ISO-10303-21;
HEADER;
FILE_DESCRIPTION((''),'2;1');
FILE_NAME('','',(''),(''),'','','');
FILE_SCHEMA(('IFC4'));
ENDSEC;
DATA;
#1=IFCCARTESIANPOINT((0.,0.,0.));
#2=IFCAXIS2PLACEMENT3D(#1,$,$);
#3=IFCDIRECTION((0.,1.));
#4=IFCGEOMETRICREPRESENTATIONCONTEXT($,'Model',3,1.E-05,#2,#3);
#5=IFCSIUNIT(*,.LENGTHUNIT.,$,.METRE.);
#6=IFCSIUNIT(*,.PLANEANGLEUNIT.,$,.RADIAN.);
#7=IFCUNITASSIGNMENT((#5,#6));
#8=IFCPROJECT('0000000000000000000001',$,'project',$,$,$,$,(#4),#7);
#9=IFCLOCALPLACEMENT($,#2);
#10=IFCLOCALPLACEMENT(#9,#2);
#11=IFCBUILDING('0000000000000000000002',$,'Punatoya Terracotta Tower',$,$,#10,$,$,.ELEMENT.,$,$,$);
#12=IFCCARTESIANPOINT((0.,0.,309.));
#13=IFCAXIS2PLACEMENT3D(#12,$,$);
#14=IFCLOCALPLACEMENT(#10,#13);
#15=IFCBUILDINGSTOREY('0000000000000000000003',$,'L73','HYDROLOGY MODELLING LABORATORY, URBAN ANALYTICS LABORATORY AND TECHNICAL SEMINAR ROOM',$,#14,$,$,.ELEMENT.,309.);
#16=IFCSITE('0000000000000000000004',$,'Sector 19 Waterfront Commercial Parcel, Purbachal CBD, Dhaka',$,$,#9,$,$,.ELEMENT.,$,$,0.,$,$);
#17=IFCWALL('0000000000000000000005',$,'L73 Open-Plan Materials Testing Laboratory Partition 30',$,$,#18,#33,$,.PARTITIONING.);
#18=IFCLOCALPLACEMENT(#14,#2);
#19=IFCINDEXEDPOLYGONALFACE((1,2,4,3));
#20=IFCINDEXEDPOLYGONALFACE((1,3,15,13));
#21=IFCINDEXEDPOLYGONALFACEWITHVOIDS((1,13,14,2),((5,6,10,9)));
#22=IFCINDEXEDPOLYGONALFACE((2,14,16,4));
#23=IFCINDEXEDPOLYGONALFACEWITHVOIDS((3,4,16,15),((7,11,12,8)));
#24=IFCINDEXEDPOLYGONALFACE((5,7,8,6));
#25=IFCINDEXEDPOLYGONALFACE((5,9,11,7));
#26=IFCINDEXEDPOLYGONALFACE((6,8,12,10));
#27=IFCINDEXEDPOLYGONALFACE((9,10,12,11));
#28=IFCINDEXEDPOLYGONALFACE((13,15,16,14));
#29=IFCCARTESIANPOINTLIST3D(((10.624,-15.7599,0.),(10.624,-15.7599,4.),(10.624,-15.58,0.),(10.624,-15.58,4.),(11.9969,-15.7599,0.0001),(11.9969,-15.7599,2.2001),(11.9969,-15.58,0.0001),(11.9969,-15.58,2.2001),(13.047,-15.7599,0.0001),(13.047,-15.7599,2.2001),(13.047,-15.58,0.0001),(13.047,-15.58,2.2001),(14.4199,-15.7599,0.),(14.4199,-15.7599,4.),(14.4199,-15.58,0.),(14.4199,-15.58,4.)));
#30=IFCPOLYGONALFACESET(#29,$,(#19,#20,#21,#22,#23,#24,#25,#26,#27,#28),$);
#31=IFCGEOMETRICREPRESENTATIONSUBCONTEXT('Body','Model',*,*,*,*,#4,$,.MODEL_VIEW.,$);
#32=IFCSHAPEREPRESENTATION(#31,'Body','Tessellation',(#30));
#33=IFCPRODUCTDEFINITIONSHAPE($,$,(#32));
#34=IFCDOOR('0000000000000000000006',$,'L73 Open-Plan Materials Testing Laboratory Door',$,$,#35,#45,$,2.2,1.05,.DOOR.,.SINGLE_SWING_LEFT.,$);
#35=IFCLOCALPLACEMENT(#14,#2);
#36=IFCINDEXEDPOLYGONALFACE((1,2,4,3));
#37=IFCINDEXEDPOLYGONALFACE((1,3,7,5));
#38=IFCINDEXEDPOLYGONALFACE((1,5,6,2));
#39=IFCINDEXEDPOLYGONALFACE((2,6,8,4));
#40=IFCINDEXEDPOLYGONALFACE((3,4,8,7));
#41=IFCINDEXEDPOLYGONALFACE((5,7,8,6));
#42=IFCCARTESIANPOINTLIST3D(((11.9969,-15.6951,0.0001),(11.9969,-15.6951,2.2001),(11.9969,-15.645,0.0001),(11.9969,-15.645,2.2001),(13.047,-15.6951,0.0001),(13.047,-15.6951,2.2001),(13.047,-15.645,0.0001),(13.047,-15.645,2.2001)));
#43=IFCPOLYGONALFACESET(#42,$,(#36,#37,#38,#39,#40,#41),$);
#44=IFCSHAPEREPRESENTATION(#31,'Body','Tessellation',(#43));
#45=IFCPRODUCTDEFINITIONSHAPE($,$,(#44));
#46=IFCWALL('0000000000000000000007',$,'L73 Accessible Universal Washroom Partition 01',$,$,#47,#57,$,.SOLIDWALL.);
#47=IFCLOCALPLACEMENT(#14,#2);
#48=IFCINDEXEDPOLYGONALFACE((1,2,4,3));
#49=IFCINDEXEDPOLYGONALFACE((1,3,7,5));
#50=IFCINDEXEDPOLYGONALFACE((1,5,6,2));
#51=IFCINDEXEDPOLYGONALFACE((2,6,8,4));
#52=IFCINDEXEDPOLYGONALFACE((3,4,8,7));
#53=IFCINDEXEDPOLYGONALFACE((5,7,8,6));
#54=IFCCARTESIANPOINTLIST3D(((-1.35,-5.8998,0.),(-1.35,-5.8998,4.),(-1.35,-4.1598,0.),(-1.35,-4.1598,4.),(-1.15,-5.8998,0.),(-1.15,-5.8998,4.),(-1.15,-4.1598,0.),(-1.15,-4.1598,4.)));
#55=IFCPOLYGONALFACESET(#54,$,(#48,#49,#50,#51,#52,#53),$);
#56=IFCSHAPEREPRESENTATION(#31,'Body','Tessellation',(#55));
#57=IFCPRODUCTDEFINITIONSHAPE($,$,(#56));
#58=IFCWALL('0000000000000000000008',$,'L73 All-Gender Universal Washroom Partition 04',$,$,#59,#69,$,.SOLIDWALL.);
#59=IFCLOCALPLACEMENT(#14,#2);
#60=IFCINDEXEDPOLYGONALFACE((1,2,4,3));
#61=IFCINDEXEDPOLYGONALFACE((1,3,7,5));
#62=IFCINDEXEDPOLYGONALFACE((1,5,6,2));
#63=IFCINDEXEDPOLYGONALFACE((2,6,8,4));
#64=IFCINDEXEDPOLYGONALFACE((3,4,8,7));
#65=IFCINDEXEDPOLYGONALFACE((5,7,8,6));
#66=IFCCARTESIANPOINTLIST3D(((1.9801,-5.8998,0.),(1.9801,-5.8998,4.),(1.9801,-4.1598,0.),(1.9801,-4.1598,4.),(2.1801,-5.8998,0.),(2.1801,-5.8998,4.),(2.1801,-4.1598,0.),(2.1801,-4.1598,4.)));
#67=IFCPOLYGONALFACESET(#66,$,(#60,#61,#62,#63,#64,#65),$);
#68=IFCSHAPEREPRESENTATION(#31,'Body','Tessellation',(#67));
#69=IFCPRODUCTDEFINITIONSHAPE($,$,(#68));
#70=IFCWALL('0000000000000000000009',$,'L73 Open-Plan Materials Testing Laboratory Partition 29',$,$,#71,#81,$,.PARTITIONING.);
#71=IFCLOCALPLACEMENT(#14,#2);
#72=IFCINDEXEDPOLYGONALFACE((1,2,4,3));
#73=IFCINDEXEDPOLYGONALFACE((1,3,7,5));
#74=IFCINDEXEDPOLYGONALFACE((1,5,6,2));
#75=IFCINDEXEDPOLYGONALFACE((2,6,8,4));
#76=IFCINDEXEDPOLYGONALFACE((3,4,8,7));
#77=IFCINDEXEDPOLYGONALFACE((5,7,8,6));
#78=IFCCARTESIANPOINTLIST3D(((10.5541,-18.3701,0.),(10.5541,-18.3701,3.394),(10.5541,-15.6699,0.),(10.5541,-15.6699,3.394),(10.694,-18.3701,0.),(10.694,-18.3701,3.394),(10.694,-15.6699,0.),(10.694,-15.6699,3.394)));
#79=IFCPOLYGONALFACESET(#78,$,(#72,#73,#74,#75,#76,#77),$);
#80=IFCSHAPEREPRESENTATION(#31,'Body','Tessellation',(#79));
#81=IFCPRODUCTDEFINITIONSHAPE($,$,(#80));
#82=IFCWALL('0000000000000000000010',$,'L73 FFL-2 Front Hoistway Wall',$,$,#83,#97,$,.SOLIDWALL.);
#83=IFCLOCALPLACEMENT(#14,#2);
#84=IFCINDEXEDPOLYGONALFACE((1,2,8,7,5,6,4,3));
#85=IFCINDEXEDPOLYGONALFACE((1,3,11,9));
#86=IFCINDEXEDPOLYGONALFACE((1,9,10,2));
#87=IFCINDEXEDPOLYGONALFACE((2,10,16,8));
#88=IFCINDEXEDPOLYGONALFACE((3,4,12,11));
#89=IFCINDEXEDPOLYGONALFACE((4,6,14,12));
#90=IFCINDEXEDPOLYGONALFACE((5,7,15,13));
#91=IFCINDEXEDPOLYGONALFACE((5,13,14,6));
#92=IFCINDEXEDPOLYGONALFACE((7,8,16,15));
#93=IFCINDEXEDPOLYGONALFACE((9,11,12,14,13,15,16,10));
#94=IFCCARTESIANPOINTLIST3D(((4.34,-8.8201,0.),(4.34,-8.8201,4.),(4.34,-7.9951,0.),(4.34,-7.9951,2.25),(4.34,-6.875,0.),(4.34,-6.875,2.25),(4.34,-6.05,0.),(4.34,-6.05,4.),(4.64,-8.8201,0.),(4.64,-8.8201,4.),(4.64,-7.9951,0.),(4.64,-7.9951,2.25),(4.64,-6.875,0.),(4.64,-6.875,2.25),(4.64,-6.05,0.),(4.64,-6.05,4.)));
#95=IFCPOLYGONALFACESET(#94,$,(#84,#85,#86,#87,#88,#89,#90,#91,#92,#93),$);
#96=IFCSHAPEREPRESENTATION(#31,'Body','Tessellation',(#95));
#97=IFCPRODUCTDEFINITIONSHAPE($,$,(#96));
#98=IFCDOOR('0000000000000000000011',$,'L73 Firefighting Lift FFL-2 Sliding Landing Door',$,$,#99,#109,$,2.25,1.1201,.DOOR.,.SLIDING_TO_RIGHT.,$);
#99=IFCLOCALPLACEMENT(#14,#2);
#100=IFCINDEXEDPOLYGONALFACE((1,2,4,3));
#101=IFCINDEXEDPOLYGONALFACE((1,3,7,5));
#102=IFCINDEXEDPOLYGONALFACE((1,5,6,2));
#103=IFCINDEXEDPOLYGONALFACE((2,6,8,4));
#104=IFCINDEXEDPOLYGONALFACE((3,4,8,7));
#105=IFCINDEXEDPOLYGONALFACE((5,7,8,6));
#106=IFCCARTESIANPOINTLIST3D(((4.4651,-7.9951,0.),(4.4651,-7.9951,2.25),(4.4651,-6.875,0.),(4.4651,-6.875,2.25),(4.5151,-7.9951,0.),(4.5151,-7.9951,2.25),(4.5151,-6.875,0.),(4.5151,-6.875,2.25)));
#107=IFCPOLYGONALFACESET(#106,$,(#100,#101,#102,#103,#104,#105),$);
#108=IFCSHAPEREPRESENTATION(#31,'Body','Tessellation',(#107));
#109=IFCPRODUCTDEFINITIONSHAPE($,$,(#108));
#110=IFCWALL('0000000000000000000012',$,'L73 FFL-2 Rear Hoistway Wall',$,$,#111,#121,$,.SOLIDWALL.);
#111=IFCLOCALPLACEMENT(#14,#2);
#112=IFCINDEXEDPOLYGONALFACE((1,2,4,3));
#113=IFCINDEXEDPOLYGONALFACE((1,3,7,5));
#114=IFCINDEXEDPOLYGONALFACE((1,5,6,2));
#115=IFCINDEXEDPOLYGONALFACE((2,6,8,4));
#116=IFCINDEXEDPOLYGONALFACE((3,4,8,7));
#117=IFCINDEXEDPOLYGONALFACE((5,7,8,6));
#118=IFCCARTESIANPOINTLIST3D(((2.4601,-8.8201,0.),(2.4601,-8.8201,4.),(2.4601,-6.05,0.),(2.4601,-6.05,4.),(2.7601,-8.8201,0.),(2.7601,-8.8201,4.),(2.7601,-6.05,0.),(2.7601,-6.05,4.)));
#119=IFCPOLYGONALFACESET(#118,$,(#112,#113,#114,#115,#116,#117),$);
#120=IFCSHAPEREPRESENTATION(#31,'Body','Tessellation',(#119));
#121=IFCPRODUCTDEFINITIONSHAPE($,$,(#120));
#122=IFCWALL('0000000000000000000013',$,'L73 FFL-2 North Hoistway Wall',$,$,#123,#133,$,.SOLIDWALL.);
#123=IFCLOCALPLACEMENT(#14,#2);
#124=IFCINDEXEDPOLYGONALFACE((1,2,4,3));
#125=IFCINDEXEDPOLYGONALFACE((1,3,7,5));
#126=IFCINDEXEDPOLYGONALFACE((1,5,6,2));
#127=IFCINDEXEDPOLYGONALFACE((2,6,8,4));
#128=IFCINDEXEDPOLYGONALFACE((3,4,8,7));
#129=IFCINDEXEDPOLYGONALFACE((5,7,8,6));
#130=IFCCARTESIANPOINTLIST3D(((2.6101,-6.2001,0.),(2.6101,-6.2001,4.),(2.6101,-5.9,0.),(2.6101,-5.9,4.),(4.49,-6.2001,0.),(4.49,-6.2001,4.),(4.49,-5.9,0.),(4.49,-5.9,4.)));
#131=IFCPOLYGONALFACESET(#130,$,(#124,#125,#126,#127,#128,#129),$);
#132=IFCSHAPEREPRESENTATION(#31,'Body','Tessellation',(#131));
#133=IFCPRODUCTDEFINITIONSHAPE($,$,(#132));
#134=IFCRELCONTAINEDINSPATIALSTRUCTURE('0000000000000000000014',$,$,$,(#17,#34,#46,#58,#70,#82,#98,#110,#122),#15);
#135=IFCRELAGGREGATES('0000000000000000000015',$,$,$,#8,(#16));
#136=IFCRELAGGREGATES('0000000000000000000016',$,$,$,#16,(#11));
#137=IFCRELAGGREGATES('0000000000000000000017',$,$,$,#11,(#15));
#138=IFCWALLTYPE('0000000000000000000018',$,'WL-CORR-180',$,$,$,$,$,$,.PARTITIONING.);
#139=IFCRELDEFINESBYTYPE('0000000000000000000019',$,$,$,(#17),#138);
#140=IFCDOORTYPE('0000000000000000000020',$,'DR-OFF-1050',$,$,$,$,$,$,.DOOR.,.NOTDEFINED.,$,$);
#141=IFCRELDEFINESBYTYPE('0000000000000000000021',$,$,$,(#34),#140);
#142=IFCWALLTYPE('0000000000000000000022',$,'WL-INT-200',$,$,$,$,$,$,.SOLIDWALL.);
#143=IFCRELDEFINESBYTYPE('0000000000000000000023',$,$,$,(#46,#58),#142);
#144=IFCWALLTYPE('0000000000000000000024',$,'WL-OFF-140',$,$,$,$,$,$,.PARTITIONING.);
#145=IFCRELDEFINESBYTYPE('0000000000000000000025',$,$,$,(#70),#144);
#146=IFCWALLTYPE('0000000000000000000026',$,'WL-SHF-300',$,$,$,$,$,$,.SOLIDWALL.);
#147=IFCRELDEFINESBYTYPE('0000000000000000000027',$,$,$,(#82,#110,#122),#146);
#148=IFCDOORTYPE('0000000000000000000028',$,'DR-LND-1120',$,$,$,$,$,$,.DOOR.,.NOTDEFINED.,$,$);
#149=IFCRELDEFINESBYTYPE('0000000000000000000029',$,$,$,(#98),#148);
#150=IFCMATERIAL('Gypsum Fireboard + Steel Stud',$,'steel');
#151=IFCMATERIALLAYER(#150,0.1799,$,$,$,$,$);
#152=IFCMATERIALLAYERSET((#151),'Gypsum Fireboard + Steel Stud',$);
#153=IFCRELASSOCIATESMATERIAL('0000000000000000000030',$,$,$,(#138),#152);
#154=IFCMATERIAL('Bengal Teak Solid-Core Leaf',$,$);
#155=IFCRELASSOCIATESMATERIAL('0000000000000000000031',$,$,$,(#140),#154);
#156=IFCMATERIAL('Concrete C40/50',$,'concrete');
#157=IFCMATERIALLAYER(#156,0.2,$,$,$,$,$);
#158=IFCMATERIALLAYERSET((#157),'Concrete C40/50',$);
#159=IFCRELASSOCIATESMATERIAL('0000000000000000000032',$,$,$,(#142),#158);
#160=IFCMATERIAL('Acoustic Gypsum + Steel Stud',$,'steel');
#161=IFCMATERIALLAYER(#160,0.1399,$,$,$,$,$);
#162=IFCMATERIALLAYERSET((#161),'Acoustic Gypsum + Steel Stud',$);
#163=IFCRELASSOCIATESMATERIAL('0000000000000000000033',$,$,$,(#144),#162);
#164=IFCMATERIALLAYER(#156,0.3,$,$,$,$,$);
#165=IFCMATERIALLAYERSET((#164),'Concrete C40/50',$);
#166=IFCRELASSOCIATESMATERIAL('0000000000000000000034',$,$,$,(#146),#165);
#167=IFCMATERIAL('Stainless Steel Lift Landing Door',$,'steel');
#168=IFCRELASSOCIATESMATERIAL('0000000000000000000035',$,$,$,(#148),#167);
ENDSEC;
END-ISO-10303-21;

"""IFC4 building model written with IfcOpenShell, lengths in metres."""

from ifc_helpers import new_model, si_unit, direction, frame, frame_2d, origin, place, context, subcontext, project, spatial, rectangle, extrude, material, layer, layer_set, type_object, element, fill, save


model = new_model("IFC4")

# Units and contexts
model_context = context("Model", 3, precision=1e-05, world=origin(), true_north=direction((0.0, 1.0)))
body_context = subcontext(model_context, "Body", "Model", "MODEL_VIEW")
ifc_project = project(units=[si_unit("LENGTHUNIT", "METRE"), si_unit("PLANEANGLEUNIT", "RADIAN")], contexts=[model_context])

# Site, building, storey
site_placement = place(None, origin())
site = spatial("IfcSite", under=ifc_project, at=site_placement, Name="Sector 19 Waterfront Commercial Parcel, Purbachal CBD, Dhaka", CompositionType="ELEMENT", RefElevation=0.0)
building_placement = place(site_placement, origin())
building = spatial("IfcBuilding", under=site, at=building_placement, Name="Punatoya Terracotta Tower", CompositionType="ELEMENT")
storey_placement = place(building_placement, frame((0.0, 0.0, 309.0)))
storey = spatial("IfcBuildingStorey", under=building, at=storey_placement, Name="L73", Description="HYDROLOGY MODELLING LABORATORY, URBAN ANALYTICS LABORATORY AND TECHNICAL SEMINAR ROOM", CompositionType="ELEMENT", Elevation=309.0)

# Wall, opening, door
ifc_material_1 = material(Name="Gypsum Fireboard + Steel Stud", Category="steel")
ifc_layer_1 = layer(ifc_material_1, 0.1799)
ifc_layer_set_1 = layer_set([ifc_layer_1], Name="Gypsum Fireboard + Steel Stud")
wall_type_1 = type_object("IfcWallType", Name="WL-CORR-180", PredefinedType="PARTITIONING", material=ifc_layer_set_1)
ifc_material_2 = material(Name="Bengal Teak Solid-Core Leaf")
door_type_1 = type_object("IfcDoorType", Name="DR-OFF-1050", OperationType="NOTDEFINED", PredefinedType="DOOR", material=ifc_material_2)
wall_1_placement = place(storey_placement, frame((10.624, -15.6699, 0.0), z_axis=(0.0, 0.0, 1.0), x_axis=(1.0, 0.0, 0.0)))
wall_1 = element("IfcWall", 1, at=wall_1_placement, inside=storey, type_object=wall_type_1, Name="L73 Open-Plan Materials Testing Laboratory Partition 30", PredefinedType="PARTITIONING", context=body_context, shape_type="SweptSolid", body=[
    extrude(rectangle(XDim=3.7959, YDim=0.1799, at=frame_2d((1.8979, 0.0))), origin(), (0.0, 0.0, 1.0), 4.0),
])
opening_1_placement = place(wall_1_placement, frame((1.373, 0.0, 0.0)))
opening_1 = element("IfcOpeningElement", 2, at=opening_1_placement, cuts=wall_1, PredefinedType="OPENING", context=body_context, shape_type="SweptSolid", body=[
    extrude(rectangle(XDim=1.05, YDim=2.2, at=frame_2d((0.5249, 1.1001))), frame((0.0, 0.0999, 0.0), z_axis=(0.0, -1.0, 0.0), x_axis=(1.0, 0.0, 0.0)), (0.0, 0.0, 1.0), 0.2),
])
door_1_placement = place(opening_1_placement, origin())
door_1 = element("IfcDoor", 3, at=door_1_placement, inside=storey, type_object=door_type_1, Name="L73 Open-Plan Materials Testing Laboratory Door", OperationType="SINGLE_SWING_LEFT", OverallHeight=2.2, OverallWidth=1.05, PredefinedType="DOOR", context=body_context, shape_type="SweptSolid", body=[
    extrude(rectangle(XDim=1.05, YDim=2.2, at=frame_2d((0.5249, 1.1001))), frame((0.0, 0.0249, 0.0), z_axis=(0.0, -1.0, 0.0), x_axis=(1.0, 0.0, 0.0)), (0.0, 0.0, 1.0), 0.05),
])
fill(opening_1, door_1)

# Walls
ifc_material_3 = material(Name="Concrete C40/50", Category="concrete")
ifc_layer_2 = layer(ifc_material_3, 0.2)
ifc_layer_set_2 = layer_set([ifc_layer_2], Name="Concrete C40/50")
wall_type_2 = type_object("IfcWallType", Name="WL-INT-200", PredefinedType="SOLIDWALL", material=ifc_layer_set_2)
for number, where, z_axis, x_axis, name in (
    (4, (-1.25, -5.8999, 0.0), (0.0, 0.0, 1.0), (0.0, 1.0, 0.0), "L73 Accessible Universal Washroom Partition 01"),
    (5, (2.0801, -5.8999, 0.0), (0.0, 0.0, 1.0), (0.0, 1.0, 0.0), "L73 All-Gender Universal Washroom Partition 04"),
):
    element("IfcWall", number, at=place(storey_placement, frame(where, z_axis=z_axis, x_axis=x_axis)), inside=storey, type_object=wall_type_2, Name=name, PredefinedType="SOLIDWALL", context=body_context, shape_type="SweptSolid", body=[
        extrude(rectangle(XDim=1.74, YDim=0.2, at=frame_2d((0.8701, 0.0))), origin(), (0.0, 0.0, 1.0), 4.0),
    ])
ifc_material_4 = material(Name="Acoustic Gypsum + Steel Stud", Category="steel")
ifc_layer_3 = layer(ifc_material_4, 0.1399)
ifc_layer_set_3 = layer_set([ifc_layer_3], Name="Acoustic Gypsum + Steel Stud")
wall_type_3 = type_object("IfcWallType", Name="WL-OFF-140", PredefinedType="PARTITIONING", material=ifc_layer_set_3)
wall_2_placement = place(storey_placement, frame((10.624, -18.3701, 0.0), z_axis=(0.0, 0.0, 1.0), x_axis=(0.0, 1.0, 0.0)))
element("IfcWall", 6, at=wall_2_placement, inside=storey, type_object=wall_type_3, Name="L73 Open-Plan Materials Testing Laboratory Partition 29", PredefinedType="PARTITIONING", context=body_context, shape_type="SweptSolid", body=[
    extrude(rectangle(XDim=2.7002, YDim=0.1399, at=frame_2d((1.3501, 0.0))), origin(), (0.0, 0.0, 1.0), 3.394),
])

# Wall, opening, door
ifc_layer_4 = layer(ifc_material_3, 0.3)
ifc_layer_set_4 = layer_set([ifc_layer_4], Name="Concrete C40/50")
wall_type_4 = type_object("IfcWallType", Name="WL-SHF-300", PredefinedType="SOLIDWALL", material=ifc_layer_set_4)
wall_3_placement = place(storey_placement, frame((4.49, -8.8201, 0.0), z_axis=(0.0, 0.0, 1.0), x_axis=(0.0, 1.0, 0.0)))
wall_3 = element("IfcWall", 7, at=wall_3_placement, inside=storey, type_object=wall_type_4, Name="L73 FFL-2 Front Hoistway Wall", PredefinedType="SOLIDWALL", context=body_context, shape_type="SweptSolid", body=[
    extrude(rectangle(XDim=2.77, YDim=0.3, at=frame_2d((1.385, 0.0))), origin(), (0.0, 0.0, 1.0), 4.0),
])
opening_2_placement = place(wall_3_placement, frame((0.825, 0.0, 0.0)))
opening_2 = element("IfcOpeningElement", 8, at=opening_2_placement, cuts=wall_3, PredefinedType="OPENING", context=body_context, shape_type="SweptSolid", body=[
    extrude(rectangle(XDim=1.1201, YDim=2.25, at=frame_2d((0.5601, 1.125))), frame((0.0, 0.1599, 0.0), z_axis=(0.0, -1.0, 0.0), x_axis=(1.0, 0.0, 0.0)), (0.0, 0.0, 1.0), 0.3201),
])
ifc_material_5 = material(Name="Stainless Steel Lift Landing Door", Category="steel")
door_type_2 = type_object("IfcDoorType", Name="DR-LND-1120", OperationType="NOTDEFINED", PredefinedType="DOOR", material=ifc_material_5)
door_2_placement = place(opening_2_placement, origin())
door_2 = element("IfcDoor", 9, at=door_2_placement, inside=storey, type_object=door_type_2, Name="L73 Firefighting Lift FFL-2 Sliding Landing Door", OperationType="SLIDING_TO_RIGHT", OverallHeight=2.25, OverallWidth=1.1201, PredefinedType="DOOR", context=body_context, shape_type="SweptSolid", body=[
    extrude(rectangle(XDim=1.1201, YDim=2.25, at=frame_2d((0.5601, 1.125))), frame((0.0, 0.0249, 0.0), z_axis=(0.0, -1.0, 0.0), x_axis=(1.0, 0.0, 0.0)), (0.0, 0.0, 1.0), 0.05),
])
fill(opening_2, door_2)

# Walls
wall_4_placement = place(storey_placement, frame((2.6101, -8.8201, 0.0), z_axis=(0.0, 0.0, 1.0), x_axis=(0.0, 1.0, 0.0)))
element("IfcWall", 10, at=wall_4_placement, inside=storey, type_object=wall_type_4, Name="L73 FFL-2 Rear Hoistway Wall", PredefinedType="SOLIDWALL", context=body_context, shape_type="SweptSolid", body=[
    extrude(rectangle(XDim=2.77, YDim=0.3, at=frame_2d((1.385, 0.0))), origin(), (0.0, 0.0, 1.0), 4.0),
])
wall_5_placement = place(storey_placement, frame((2.6101, -6.05, 0.0), z_axis=(0.0, 0.0, 1.0), x_axis=(1.0, 0.0, 0.0)))
element("IfcWall", 11, at=wall_5_placement, inside=storey, type_object=wall_type_4, Name="L73 FFL-2 North Hoistway Wall", PredefinedType="SOLIDWALL", context=body_context, shape_type="SweptSolid", body=[
    extrude(rectangle(XDim=1.8799, YDim=0.3, at=frame_2d((0.9399, 0.0))), origin(), (0.0, 0.0, 1.0), 4.0),
])

save(model, "model.ifc")
